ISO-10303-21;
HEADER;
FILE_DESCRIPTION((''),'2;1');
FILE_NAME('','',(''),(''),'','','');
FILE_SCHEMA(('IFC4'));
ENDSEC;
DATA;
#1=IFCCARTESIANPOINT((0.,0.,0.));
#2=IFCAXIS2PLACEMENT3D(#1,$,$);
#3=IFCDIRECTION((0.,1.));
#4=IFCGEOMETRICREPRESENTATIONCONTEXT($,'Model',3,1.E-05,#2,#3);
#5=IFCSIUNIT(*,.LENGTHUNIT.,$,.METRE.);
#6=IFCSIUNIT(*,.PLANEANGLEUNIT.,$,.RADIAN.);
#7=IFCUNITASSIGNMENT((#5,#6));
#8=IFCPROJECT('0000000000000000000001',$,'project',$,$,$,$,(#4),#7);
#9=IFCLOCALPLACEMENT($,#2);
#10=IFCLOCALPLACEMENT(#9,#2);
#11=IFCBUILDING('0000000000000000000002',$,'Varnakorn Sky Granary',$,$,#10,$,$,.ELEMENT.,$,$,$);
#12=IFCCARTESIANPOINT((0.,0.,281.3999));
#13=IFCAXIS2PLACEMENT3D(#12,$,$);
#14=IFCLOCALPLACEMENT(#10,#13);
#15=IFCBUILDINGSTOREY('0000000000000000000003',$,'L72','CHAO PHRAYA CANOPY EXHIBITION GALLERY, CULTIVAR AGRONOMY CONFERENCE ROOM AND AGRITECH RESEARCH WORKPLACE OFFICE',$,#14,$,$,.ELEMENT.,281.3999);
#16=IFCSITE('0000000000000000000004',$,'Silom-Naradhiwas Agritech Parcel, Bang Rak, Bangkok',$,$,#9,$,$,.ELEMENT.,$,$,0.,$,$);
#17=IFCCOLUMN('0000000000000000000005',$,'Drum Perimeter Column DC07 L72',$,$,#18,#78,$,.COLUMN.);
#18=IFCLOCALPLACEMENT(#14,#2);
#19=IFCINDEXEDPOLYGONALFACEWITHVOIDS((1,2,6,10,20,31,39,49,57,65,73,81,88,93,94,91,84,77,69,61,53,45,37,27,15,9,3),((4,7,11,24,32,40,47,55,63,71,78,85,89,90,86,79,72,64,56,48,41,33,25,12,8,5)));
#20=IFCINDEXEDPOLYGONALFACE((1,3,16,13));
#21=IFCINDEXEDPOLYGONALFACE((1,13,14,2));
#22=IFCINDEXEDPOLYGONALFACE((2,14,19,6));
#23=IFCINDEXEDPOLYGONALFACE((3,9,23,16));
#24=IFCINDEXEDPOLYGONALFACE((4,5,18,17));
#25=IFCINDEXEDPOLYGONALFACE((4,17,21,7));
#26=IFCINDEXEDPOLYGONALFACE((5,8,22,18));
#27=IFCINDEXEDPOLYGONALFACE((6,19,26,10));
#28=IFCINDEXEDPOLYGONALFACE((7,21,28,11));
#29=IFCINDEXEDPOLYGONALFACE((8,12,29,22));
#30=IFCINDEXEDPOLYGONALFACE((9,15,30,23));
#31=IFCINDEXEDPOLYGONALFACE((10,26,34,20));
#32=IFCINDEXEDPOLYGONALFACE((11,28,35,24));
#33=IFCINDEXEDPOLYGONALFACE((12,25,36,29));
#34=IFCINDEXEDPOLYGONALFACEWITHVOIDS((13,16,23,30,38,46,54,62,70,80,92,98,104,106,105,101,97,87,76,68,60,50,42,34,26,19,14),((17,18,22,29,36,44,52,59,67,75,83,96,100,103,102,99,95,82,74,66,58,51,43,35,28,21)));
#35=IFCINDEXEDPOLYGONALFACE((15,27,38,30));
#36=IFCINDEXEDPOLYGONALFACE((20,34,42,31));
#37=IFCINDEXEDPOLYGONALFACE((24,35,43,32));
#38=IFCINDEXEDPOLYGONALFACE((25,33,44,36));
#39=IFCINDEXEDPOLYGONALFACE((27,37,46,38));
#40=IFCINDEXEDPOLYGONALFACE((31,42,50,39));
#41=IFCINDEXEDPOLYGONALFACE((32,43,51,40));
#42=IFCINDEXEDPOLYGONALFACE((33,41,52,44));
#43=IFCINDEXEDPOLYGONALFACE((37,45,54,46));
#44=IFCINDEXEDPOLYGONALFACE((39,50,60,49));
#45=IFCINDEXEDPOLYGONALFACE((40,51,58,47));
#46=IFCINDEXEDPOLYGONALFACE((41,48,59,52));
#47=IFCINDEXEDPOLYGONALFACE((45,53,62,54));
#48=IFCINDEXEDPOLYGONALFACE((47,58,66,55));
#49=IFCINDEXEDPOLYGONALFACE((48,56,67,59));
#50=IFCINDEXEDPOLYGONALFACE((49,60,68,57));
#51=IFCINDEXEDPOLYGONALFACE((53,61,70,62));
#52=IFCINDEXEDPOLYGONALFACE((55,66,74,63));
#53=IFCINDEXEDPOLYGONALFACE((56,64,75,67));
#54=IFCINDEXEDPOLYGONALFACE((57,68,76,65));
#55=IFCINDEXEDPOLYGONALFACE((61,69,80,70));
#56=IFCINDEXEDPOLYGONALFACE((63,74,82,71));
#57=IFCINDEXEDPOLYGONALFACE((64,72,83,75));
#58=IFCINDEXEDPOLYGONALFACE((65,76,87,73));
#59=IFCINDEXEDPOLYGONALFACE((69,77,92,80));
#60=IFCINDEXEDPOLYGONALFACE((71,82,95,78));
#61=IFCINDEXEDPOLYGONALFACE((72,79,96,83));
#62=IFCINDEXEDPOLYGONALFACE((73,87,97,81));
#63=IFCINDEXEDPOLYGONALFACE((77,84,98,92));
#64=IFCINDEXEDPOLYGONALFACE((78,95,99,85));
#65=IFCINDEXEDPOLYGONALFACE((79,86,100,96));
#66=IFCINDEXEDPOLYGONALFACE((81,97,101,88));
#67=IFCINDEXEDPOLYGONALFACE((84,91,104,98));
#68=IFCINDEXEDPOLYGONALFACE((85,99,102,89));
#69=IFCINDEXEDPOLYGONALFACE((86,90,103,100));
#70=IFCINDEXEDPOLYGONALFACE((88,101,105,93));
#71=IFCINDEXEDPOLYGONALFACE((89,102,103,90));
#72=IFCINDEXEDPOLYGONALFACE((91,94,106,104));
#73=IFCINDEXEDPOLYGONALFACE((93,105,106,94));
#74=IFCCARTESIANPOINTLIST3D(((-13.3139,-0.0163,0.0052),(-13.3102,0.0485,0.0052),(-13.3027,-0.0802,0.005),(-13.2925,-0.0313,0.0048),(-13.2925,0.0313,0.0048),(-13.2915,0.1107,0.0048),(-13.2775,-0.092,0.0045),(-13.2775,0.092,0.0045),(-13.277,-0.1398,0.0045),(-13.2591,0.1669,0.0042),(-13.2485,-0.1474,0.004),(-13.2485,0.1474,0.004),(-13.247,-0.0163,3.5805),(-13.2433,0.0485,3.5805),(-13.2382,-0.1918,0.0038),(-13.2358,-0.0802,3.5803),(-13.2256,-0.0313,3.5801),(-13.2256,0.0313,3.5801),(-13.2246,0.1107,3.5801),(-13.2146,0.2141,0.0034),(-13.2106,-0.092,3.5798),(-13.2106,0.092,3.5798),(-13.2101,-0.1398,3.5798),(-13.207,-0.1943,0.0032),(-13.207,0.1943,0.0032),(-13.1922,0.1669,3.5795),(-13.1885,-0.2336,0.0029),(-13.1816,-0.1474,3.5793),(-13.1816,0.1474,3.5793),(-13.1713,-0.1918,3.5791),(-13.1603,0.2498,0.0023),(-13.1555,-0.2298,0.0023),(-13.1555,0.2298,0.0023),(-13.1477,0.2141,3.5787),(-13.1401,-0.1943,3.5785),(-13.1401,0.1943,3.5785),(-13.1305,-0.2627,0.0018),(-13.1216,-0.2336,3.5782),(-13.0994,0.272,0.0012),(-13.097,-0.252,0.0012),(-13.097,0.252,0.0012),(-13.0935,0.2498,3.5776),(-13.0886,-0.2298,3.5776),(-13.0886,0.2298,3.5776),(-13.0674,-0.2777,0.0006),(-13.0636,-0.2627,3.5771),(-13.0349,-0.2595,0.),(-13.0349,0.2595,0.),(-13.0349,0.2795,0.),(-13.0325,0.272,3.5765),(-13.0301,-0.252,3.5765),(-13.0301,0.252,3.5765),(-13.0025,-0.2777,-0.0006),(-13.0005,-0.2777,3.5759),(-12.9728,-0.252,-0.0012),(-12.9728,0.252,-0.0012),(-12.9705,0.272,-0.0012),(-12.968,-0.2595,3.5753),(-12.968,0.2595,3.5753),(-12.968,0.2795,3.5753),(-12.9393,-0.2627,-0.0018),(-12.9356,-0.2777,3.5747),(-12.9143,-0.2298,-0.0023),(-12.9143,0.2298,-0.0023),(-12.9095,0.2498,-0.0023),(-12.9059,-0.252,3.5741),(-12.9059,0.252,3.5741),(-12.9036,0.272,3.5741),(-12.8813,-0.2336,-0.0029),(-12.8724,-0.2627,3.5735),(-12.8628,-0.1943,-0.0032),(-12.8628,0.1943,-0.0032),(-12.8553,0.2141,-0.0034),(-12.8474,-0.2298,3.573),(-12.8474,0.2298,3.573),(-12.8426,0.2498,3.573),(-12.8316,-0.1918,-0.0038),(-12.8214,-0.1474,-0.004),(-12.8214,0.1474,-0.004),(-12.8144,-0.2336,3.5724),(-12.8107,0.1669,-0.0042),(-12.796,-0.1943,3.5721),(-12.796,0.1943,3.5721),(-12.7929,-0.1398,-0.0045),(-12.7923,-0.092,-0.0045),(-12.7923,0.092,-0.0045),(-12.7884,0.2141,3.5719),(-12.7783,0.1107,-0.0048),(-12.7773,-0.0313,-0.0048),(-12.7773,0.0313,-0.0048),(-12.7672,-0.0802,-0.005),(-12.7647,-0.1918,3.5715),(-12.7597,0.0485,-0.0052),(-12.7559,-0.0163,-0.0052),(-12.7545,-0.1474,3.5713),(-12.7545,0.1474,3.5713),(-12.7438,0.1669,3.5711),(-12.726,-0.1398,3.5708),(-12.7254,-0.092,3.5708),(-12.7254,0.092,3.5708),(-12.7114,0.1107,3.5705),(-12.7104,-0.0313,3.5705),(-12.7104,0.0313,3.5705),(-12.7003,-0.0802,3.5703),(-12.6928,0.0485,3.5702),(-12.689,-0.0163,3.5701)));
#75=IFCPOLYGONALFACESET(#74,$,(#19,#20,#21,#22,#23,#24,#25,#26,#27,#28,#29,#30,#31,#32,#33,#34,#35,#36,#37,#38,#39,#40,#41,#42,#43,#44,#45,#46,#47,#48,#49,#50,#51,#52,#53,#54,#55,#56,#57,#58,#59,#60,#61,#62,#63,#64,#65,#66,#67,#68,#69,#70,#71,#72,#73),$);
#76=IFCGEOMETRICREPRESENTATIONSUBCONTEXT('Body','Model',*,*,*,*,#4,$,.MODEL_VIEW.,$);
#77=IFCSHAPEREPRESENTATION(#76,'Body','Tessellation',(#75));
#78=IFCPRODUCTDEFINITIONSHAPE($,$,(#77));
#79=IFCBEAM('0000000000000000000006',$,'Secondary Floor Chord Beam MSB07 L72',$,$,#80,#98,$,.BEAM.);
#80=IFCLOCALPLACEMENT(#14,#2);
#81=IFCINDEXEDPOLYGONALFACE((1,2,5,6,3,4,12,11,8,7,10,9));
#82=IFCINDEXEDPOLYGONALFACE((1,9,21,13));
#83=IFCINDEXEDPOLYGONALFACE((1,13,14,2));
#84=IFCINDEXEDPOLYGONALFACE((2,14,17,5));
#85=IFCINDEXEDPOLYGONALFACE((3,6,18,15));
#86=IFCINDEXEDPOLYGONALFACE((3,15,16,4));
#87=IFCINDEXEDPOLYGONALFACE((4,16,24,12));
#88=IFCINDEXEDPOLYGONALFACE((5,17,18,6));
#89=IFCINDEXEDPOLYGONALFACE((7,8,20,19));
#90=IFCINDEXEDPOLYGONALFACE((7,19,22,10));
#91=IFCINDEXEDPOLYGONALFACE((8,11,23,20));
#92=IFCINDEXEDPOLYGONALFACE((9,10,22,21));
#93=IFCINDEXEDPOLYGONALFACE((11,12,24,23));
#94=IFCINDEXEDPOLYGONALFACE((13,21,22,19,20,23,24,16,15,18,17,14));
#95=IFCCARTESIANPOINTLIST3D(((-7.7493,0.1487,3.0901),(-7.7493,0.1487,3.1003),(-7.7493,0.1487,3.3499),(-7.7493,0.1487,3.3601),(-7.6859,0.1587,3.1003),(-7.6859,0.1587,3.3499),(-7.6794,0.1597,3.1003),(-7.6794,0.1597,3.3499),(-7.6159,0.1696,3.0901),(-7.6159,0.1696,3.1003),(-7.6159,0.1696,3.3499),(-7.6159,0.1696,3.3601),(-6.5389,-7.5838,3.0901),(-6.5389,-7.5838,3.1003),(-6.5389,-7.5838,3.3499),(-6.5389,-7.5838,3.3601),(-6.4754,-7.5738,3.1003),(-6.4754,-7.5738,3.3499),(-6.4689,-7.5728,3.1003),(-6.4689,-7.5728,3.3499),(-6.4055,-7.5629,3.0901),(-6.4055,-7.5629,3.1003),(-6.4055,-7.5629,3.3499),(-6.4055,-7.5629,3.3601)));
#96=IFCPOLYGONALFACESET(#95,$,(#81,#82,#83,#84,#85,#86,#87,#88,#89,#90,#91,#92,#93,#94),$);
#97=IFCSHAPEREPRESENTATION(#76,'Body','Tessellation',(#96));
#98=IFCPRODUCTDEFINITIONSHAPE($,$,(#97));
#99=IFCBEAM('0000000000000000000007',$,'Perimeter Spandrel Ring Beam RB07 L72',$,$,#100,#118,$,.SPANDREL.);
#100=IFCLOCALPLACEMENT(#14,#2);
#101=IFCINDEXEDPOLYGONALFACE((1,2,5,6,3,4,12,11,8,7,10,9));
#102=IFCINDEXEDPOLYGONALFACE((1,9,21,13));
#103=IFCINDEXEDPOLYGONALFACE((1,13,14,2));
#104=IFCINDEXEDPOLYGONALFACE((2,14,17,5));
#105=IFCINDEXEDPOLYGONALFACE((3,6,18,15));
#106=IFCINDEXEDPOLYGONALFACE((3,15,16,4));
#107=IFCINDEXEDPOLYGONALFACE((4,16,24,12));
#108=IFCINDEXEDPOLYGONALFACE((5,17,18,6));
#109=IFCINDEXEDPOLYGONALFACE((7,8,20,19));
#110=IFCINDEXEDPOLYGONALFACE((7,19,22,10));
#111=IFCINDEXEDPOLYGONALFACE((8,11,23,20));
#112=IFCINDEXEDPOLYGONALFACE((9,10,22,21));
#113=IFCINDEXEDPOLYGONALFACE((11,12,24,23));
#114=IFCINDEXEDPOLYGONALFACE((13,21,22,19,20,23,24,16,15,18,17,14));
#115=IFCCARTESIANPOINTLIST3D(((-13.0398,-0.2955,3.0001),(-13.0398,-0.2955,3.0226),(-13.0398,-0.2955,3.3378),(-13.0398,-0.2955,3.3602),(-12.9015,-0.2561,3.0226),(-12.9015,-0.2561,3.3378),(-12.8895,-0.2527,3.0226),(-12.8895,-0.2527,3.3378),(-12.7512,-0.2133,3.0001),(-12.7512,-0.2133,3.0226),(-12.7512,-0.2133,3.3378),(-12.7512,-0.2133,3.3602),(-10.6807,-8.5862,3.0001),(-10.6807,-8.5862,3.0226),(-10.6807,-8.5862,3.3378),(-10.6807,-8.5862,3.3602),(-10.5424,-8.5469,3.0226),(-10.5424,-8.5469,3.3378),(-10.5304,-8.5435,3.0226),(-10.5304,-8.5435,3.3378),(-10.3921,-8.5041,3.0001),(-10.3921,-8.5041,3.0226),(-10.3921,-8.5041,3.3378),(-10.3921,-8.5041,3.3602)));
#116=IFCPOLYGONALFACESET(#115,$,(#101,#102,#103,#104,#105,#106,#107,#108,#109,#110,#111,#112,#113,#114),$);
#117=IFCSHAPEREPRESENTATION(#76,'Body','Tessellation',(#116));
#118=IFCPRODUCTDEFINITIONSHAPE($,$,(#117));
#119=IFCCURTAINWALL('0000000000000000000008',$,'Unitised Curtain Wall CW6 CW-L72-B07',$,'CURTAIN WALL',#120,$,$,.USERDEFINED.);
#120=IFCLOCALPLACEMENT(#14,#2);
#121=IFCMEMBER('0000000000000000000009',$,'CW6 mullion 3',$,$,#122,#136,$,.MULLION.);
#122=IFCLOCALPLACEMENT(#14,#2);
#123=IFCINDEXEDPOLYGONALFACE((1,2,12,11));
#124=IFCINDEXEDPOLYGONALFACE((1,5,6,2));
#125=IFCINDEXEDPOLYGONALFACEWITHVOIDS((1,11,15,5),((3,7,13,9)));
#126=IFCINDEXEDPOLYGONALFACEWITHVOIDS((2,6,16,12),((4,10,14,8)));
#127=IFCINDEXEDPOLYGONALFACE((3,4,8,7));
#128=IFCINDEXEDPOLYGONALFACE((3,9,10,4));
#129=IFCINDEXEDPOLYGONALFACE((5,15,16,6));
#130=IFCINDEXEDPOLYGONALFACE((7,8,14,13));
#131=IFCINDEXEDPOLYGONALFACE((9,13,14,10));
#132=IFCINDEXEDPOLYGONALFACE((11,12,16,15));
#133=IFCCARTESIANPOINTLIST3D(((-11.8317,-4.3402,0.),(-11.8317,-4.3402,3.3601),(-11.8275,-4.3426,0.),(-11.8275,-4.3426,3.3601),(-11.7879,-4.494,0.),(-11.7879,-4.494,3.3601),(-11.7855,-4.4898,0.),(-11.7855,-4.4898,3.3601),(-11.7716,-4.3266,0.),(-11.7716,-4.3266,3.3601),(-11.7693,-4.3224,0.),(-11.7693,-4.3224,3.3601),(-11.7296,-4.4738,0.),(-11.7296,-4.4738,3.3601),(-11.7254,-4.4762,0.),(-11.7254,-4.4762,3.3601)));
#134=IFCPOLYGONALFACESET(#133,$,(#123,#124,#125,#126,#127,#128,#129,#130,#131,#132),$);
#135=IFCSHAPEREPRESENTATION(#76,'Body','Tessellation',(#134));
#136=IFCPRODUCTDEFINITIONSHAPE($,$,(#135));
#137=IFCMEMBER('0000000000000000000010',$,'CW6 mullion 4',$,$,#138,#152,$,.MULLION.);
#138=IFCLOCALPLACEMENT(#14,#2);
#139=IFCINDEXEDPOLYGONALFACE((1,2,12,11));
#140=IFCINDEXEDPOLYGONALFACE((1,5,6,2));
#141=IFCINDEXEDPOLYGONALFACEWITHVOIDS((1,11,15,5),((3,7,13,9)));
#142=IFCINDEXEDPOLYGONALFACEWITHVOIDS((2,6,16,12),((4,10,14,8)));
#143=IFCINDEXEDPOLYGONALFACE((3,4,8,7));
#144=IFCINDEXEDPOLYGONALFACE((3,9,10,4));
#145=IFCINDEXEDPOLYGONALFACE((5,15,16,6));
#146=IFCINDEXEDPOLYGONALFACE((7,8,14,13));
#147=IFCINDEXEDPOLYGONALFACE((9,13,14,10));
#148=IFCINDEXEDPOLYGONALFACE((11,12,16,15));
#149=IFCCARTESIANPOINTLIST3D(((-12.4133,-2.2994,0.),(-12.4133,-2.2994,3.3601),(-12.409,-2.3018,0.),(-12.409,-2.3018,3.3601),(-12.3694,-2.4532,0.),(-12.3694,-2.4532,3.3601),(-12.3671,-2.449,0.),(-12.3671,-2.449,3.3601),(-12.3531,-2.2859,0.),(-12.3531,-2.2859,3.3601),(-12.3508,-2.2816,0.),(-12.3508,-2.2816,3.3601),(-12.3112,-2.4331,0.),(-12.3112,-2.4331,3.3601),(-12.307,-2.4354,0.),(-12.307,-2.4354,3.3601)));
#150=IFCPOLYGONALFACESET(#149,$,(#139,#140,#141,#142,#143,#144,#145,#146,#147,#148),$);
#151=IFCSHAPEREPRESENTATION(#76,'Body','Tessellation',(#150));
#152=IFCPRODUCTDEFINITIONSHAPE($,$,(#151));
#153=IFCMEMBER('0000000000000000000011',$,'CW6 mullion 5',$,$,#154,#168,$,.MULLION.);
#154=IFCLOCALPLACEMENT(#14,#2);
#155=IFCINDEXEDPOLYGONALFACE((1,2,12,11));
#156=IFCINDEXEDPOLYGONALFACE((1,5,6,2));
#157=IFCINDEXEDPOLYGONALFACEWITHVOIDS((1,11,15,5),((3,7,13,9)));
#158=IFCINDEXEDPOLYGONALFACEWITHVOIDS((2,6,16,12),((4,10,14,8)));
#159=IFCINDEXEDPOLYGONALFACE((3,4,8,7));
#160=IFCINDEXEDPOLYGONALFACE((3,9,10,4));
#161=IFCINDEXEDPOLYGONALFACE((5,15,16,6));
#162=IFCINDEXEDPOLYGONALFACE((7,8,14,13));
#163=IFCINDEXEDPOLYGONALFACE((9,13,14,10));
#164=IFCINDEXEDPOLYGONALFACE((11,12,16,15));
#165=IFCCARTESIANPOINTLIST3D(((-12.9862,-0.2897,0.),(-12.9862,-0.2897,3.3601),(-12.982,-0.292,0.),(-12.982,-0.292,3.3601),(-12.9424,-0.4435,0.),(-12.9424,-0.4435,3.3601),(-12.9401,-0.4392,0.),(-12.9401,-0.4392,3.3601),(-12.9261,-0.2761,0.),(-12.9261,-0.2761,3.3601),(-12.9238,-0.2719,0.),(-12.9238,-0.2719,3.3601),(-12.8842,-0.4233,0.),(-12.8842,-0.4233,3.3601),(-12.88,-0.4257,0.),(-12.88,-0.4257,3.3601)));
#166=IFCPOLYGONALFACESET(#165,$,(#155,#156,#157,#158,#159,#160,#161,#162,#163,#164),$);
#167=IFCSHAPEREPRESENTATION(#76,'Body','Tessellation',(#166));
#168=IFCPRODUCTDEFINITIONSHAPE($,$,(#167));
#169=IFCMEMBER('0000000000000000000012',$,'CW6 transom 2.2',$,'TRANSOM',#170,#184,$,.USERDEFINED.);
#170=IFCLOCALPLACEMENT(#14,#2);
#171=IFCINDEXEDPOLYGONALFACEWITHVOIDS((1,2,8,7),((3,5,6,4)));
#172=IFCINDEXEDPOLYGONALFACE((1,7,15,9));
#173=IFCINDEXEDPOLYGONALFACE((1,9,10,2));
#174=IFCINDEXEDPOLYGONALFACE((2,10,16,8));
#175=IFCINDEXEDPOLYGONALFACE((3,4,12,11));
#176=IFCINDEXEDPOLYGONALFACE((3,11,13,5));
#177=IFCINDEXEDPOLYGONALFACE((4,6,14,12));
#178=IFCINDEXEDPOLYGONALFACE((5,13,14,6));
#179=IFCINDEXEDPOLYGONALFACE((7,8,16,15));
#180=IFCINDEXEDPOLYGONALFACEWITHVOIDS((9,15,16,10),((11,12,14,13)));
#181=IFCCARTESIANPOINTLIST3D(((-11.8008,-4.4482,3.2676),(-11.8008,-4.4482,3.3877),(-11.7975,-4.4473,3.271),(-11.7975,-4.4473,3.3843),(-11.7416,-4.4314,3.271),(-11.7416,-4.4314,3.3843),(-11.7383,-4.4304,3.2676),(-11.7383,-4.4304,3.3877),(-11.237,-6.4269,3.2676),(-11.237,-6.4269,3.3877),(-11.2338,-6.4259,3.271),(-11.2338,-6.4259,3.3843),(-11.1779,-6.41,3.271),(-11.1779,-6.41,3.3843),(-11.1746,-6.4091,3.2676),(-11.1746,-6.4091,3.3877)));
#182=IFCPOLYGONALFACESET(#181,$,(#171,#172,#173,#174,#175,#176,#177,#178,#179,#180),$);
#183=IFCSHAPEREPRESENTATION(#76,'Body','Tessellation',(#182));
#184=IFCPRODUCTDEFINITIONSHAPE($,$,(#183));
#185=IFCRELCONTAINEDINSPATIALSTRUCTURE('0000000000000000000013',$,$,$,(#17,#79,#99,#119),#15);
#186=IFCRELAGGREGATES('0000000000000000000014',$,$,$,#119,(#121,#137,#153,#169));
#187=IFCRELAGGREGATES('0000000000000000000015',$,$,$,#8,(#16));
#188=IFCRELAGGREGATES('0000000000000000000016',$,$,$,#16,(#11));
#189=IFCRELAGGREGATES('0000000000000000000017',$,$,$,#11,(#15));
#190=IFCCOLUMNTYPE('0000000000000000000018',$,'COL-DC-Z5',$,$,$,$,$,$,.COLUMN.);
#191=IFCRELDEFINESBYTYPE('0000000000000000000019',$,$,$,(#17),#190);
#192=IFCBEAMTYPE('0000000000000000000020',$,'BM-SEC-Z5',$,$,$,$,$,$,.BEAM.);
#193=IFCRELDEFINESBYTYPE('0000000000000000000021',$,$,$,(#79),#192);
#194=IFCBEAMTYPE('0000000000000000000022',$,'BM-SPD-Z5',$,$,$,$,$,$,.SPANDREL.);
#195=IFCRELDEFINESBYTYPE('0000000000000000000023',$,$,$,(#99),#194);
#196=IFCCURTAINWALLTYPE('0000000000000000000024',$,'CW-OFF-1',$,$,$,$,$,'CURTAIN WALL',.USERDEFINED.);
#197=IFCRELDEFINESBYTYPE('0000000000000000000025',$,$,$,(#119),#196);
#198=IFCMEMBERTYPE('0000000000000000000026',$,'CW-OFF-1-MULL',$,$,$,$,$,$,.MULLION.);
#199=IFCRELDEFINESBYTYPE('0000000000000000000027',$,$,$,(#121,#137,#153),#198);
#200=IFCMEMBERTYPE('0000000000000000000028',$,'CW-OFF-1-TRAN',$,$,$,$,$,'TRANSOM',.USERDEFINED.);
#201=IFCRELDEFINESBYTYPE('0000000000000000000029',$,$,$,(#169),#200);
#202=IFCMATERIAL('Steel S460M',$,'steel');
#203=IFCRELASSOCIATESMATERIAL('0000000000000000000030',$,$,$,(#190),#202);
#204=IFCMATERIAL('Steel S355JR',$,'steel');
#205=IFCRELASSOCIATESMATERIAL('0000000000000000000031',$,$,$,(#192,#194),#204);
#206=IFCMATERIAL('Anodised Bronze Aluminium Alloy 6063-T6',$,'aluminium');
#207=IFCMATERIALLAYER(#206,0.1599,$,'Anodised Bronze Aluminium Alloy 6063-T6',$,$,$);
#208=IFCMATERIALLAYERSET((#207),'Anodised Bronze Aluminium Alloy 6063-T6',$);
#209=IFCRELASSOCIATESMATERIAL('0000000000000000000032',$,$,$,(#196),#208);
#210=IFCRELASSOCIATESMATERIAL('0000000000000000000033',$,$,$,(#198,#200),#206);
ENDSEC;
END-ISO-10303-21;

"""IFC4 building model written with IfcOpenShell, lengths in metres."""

from ifc_helpers import new_model, si_unit, direction, frame, origin, origin_2d, place, context, subcontext, project, spatial, hollow_rectangle, hollow_circle, i_section, extrude, material, layer, layer_set, material_profile, profile_set, type_object, element, aggregate, save


model = new_model("IFC4")

# Units and contexts
model_context = context("Model", 3, precision=1e-05, world=origin(), true_north=direction((0.0, 1.0)))
body_context = subcontext(model_context, "Body", "Model", "MODEL_VIEW")
ifc_project = project(units=[si_unit("LENGTHUNIT", "METRE"), si_unit("PLANEANGLEUNIT", "RADIAN")], contexts=[model_context])

# Site, building, storey
site_placement = place(None, origin())
site = spatial("IfcSite", under=ifc_project, at=site_placement, Name="Silom-Naradhiwas Agritech Parcel, Bang Rak, Bangkok", CompositionType="ELEMENT", RefElevation=0.0)
building_placement = place(site_placement, origin())
building = spatial("IfcBuilding", under=site, at=building_placement, Name="Varnakorn Sky Granary", CompositionType="ELEMENT")
storey_placement = place(building_placement, frame((0.0, 0.0, 281.3999)))
storey = spatial("IfcBuildingStorey", under=building, at=storey_placement, Name="L72", Description="CHAO PHRAYA CANOPY EXHIBITION GALLERY, CULTIVAR AGRONOMY CONFERENCE ROOM AND AGRITECH RESEARCH WORKPLACE OFFICE", CompositionType="ELEMENT", Elevation=281.3999)

# Column
ifc_material_1 = material(Name="Steel S460M", Category="steel")
ifc_material_profile_1 = material_profile(ifc_material_1, hollow_circle(Radius=0.2795, WallThickness=0.02, at=origin_2d()), Name="CHS 559x20")
ifc_profile_set_1 = profile_set([ifc_material_profile_1], Name="Steel S460M")
column_type = type_object("IfcColumnType", Name="COL-DC-Z5", PredefinedType="COLUMN", material=ifc_profile_set_1)
column_placement = place(storey_placement, frame((-13.0349, 0.0, 0.0), z_axis=(0.018707, 0.0, 0.999825), x_axis=(0.0, 1.0, 0.0)))
element("IfcColumn", 1, at=column_placement, inside=storey, type_object=column_type, Name="Drum Perimeter Column DC07 L72", PredefinedType="COLUMN", context=body_context, shape_type="SweptSolid", body=[
    extrude(hollow_circle(Radius=0.2795, WallThickness=0.02, at=origin_2d()), origin(), (0.0, 0.0, 1.0), 3.5759),
])

# Beams
ifc_material_2 = material(Name="Steel S355JR", Category="steel")
ifc_material_profile_2 = material_profile(ifc_material_2, i_section(OverallWidth=0.135, OverallDepth=0.27, WebThickness=0.0066, FlangeThickness=0.0103, at=origin_2d()), Name="IPE 270")
ifc_profile_set_2 = profile_set([ifc_material_profile_2], Name="Steel S355JR")
beam_type_1 = type_object("IfcBeamType", Name="BM-SEC-Z5", PredefinedType="BEAM", material=ifc_profile_set_2)
beam_1_placement = place(storey_placement, frame((-7.6826, 0.1592, 3.2251), z_axis=(0.154659, -0.987968, 0.0), x_axis=(0.987968, 0.154659, 0.0)))
element("IfcBeam", 2, at=beam_1_placement, inside=storey, type_object=beam_type_1, Name="Secondary Floor Chord Beam MSB07 L72", PredefinedType="BEAM", context=body_context, shape_type="SweptSolid", body=[
    extrude(i_section(OverallWidth=0.135, OverallDepth=0.27, WebThickness=0.0066, FlangeThickness=0.0103, at=origin_2d()), origin(), (0.0, 0.0, 1.0), 7.8267),
])
ifc_material_profile_3 = material_profile(ifc_material_2, i_section(OverallWidth=0.3, OverallDepth=0.3601, WebThickness=0.0125, FlangeThickness=0.0225, at=origin_2d()), Name="HE 360 B")
ifc_profile_set_3 = profile_set([ifc_material_profile_3], Name="Steel S355JR")
beam_type_2 = type_object("IfcBeamType", Name="BM-SPD-Z5", PredefinedType="SPANDREL", material=ifc_profile_set_3)
beam_2_placement = place(storey_placement, frame((-12.8955, -0.2544, 3.1802), z_axis=(0.273685, -0.961819, 0.0), x_axis=(0.961819, 0.273685, 0.0)))
element("IfcBeam", 3, at=beam_2_placement, inside=storey, type_object=beam_type_2, Name="Perimeter Spandrel Ring Beam RB07 L72", PredefinedType="SPANDREL", context=body_context, shape_type="SweptSolid", body=[
    extrude(i_section(OverallWidth=0.3, OverallDepth=0.3601, WebThickness=0.0125, FlangeThickness=0.0225, at=origin_2d()), origin(), (0.0, 0.0, 1.0), 8.6199),
])

# Curtain wall, members
ifc_material_3 = material(Name="Anodised Bronze Aluminium Alloy 6063-T6", Category="aluminium")
ifc_layer_1 = layer(ifc_material_3, 0.1599, Name="Anodised Bronze Aluminium Alloy 6063-T6")
ifc_layer_set_1 = layer_set([ifc_layer_1], Name="Anodised Bronze Aluminium Alloy 6063-T6")
curtain_wall_type = type_object("IfcCurtainWallType", Name="CW-OFF-1", ElementType="CURTAIN WALL", PredefinedType="USERDEFINED", material=ifc_layer_set_1)
curtain_wall_placement = place(storey_placement, origin())
curtain_wall = element("IfcCurtainWall", 4, at=curtain_wall_placement, inside=storey, type_object=curtain_wall_type, Name="Unitised Curtain Wall CW6 CW-L72-B07", ObjectType="CURTAIN WALL", PredefinedType="USERDEFINED")
ifc_material_profile_4 = material_profile(ifc_material_3, hollow_rectangle(XDim=0.0649, YDim=0.1599, WallThickness=0.0034, at=origin_2d()), Name="ALU MULL 65x160")
ifc_profile_set_4 = profile_set([ifc_material_profile_4], Name="Anodised Bronze Aluminium Alloy 6063-T6")
member_type_1 = type_object("IfcMemberType", Name="CW-OFF-1-MULL", PredefinedType="MULLION", material=ifc_profile_set_4)
member_1_placement = place(storey_placement, frame((-11.7786, -4.4082, 0.0), z_axis=(0.0, 0.0, 1.0), x_axis=(-0.961699, -0.274108, 0.0)))
member_1 = element("IfcMember", 5, at=member_1_placement, type_object=member_type_1, Name="CW6 mullion 3", PredefinedType="MULLION", context=body_context, shape_type="SweptSolid", body=[
    extrude(hollow_rectangle(XDim=0.0649, YDim=0.1599, WallThickness=0.0034, at=origin_2d()), origin(), (0.0, 0.0, 1.0), 3.3601),
])
member_2_placement = place(storey_placement, frame((-12.3601, -2.3674, 0.0), z_axis=(0.0, 0.0, 1.0), x_axis=(-0.961699, -0.274108, 0.0)))
member_2 = element("IfcMember", 6, at=member_2_placement, type_object=member_type_1, Name="CW6 mullion 4", PredefinedType="MULLION", context=body_context, shape_type="SweptSolid", body=[
    extrude(hollow_rectangle(XDim=0.0649, YDim=0.1599, WallThickness=0.0034, at=origin_2d()), origin(), (0.0, 0.0, 1.0), 3.3601),
])
member_3_placement = place(storey_placement, frame((-12.9331, -0.3577, 0.0), z_axis=(0.0, 0.0, 1.0), x_axis=(-0.961699, -0.274108, 0.0)))
member_3 = element("IfcMember", 7, at=member_3_placement, type_object=member_type_1, Name="CW6 mullion 5", PredefinedType="MULLION", context=body_context, shape_type="SweptSolid", body=[
    extrude(hollow_rectangle(XDim=0.0649, YDim=0.1599, WallThickness=0.0034, at=origin_2d()), origin(), (0.0, 0.0, 1.0), 3.3601),
])
ifc_material_profile_5 = material_profile(ifc_material_3, hollow_rectangle(XDim=0.0649, YDim=0.1201, WallThickness=0.0034, at=origin_2d()), Name="ALU TRAN 65x120")
ifc_profile_set_5 = profile_set([ifc_material_profile_5], Name="Anodised Bronze Aluminium Alloy 6063-T6")
member_type_2 = type_object("IfcMemberType", Name="CW-OFF-1-TRAN", ElementType="TRANSOM", PredefinedType="USERDEFINED", material=ifc_profile_set_5)
member_4_placement = place(storey_placement, frame((-11.2058, -6.418, 3.3276), z_axis=(-0.274016, 0.961725, 0.0), x_axis=(-0.961725, -0.274016, 0.0)))
member_4 = element("IfcMember", 8, at=member_4_placement, type_object=member_type_2, Name="CW6 transom 2.2", ObjectType="TRANSOM", PredefinedType="USERDEFINED", context=body_context, shape_type="SweptSolid", body=[
    extrude(hollow_rectangle(XDim=0.0649, YDim=0.1201, WallThickness=0.0034, at=origin_2d()), origin(), (0.0, 0.0, 1.0), 2.0574),
])

aggregate(curtain_wall, [member_1, member_2, member_3, member_4])

save(model, "model.ifc")
